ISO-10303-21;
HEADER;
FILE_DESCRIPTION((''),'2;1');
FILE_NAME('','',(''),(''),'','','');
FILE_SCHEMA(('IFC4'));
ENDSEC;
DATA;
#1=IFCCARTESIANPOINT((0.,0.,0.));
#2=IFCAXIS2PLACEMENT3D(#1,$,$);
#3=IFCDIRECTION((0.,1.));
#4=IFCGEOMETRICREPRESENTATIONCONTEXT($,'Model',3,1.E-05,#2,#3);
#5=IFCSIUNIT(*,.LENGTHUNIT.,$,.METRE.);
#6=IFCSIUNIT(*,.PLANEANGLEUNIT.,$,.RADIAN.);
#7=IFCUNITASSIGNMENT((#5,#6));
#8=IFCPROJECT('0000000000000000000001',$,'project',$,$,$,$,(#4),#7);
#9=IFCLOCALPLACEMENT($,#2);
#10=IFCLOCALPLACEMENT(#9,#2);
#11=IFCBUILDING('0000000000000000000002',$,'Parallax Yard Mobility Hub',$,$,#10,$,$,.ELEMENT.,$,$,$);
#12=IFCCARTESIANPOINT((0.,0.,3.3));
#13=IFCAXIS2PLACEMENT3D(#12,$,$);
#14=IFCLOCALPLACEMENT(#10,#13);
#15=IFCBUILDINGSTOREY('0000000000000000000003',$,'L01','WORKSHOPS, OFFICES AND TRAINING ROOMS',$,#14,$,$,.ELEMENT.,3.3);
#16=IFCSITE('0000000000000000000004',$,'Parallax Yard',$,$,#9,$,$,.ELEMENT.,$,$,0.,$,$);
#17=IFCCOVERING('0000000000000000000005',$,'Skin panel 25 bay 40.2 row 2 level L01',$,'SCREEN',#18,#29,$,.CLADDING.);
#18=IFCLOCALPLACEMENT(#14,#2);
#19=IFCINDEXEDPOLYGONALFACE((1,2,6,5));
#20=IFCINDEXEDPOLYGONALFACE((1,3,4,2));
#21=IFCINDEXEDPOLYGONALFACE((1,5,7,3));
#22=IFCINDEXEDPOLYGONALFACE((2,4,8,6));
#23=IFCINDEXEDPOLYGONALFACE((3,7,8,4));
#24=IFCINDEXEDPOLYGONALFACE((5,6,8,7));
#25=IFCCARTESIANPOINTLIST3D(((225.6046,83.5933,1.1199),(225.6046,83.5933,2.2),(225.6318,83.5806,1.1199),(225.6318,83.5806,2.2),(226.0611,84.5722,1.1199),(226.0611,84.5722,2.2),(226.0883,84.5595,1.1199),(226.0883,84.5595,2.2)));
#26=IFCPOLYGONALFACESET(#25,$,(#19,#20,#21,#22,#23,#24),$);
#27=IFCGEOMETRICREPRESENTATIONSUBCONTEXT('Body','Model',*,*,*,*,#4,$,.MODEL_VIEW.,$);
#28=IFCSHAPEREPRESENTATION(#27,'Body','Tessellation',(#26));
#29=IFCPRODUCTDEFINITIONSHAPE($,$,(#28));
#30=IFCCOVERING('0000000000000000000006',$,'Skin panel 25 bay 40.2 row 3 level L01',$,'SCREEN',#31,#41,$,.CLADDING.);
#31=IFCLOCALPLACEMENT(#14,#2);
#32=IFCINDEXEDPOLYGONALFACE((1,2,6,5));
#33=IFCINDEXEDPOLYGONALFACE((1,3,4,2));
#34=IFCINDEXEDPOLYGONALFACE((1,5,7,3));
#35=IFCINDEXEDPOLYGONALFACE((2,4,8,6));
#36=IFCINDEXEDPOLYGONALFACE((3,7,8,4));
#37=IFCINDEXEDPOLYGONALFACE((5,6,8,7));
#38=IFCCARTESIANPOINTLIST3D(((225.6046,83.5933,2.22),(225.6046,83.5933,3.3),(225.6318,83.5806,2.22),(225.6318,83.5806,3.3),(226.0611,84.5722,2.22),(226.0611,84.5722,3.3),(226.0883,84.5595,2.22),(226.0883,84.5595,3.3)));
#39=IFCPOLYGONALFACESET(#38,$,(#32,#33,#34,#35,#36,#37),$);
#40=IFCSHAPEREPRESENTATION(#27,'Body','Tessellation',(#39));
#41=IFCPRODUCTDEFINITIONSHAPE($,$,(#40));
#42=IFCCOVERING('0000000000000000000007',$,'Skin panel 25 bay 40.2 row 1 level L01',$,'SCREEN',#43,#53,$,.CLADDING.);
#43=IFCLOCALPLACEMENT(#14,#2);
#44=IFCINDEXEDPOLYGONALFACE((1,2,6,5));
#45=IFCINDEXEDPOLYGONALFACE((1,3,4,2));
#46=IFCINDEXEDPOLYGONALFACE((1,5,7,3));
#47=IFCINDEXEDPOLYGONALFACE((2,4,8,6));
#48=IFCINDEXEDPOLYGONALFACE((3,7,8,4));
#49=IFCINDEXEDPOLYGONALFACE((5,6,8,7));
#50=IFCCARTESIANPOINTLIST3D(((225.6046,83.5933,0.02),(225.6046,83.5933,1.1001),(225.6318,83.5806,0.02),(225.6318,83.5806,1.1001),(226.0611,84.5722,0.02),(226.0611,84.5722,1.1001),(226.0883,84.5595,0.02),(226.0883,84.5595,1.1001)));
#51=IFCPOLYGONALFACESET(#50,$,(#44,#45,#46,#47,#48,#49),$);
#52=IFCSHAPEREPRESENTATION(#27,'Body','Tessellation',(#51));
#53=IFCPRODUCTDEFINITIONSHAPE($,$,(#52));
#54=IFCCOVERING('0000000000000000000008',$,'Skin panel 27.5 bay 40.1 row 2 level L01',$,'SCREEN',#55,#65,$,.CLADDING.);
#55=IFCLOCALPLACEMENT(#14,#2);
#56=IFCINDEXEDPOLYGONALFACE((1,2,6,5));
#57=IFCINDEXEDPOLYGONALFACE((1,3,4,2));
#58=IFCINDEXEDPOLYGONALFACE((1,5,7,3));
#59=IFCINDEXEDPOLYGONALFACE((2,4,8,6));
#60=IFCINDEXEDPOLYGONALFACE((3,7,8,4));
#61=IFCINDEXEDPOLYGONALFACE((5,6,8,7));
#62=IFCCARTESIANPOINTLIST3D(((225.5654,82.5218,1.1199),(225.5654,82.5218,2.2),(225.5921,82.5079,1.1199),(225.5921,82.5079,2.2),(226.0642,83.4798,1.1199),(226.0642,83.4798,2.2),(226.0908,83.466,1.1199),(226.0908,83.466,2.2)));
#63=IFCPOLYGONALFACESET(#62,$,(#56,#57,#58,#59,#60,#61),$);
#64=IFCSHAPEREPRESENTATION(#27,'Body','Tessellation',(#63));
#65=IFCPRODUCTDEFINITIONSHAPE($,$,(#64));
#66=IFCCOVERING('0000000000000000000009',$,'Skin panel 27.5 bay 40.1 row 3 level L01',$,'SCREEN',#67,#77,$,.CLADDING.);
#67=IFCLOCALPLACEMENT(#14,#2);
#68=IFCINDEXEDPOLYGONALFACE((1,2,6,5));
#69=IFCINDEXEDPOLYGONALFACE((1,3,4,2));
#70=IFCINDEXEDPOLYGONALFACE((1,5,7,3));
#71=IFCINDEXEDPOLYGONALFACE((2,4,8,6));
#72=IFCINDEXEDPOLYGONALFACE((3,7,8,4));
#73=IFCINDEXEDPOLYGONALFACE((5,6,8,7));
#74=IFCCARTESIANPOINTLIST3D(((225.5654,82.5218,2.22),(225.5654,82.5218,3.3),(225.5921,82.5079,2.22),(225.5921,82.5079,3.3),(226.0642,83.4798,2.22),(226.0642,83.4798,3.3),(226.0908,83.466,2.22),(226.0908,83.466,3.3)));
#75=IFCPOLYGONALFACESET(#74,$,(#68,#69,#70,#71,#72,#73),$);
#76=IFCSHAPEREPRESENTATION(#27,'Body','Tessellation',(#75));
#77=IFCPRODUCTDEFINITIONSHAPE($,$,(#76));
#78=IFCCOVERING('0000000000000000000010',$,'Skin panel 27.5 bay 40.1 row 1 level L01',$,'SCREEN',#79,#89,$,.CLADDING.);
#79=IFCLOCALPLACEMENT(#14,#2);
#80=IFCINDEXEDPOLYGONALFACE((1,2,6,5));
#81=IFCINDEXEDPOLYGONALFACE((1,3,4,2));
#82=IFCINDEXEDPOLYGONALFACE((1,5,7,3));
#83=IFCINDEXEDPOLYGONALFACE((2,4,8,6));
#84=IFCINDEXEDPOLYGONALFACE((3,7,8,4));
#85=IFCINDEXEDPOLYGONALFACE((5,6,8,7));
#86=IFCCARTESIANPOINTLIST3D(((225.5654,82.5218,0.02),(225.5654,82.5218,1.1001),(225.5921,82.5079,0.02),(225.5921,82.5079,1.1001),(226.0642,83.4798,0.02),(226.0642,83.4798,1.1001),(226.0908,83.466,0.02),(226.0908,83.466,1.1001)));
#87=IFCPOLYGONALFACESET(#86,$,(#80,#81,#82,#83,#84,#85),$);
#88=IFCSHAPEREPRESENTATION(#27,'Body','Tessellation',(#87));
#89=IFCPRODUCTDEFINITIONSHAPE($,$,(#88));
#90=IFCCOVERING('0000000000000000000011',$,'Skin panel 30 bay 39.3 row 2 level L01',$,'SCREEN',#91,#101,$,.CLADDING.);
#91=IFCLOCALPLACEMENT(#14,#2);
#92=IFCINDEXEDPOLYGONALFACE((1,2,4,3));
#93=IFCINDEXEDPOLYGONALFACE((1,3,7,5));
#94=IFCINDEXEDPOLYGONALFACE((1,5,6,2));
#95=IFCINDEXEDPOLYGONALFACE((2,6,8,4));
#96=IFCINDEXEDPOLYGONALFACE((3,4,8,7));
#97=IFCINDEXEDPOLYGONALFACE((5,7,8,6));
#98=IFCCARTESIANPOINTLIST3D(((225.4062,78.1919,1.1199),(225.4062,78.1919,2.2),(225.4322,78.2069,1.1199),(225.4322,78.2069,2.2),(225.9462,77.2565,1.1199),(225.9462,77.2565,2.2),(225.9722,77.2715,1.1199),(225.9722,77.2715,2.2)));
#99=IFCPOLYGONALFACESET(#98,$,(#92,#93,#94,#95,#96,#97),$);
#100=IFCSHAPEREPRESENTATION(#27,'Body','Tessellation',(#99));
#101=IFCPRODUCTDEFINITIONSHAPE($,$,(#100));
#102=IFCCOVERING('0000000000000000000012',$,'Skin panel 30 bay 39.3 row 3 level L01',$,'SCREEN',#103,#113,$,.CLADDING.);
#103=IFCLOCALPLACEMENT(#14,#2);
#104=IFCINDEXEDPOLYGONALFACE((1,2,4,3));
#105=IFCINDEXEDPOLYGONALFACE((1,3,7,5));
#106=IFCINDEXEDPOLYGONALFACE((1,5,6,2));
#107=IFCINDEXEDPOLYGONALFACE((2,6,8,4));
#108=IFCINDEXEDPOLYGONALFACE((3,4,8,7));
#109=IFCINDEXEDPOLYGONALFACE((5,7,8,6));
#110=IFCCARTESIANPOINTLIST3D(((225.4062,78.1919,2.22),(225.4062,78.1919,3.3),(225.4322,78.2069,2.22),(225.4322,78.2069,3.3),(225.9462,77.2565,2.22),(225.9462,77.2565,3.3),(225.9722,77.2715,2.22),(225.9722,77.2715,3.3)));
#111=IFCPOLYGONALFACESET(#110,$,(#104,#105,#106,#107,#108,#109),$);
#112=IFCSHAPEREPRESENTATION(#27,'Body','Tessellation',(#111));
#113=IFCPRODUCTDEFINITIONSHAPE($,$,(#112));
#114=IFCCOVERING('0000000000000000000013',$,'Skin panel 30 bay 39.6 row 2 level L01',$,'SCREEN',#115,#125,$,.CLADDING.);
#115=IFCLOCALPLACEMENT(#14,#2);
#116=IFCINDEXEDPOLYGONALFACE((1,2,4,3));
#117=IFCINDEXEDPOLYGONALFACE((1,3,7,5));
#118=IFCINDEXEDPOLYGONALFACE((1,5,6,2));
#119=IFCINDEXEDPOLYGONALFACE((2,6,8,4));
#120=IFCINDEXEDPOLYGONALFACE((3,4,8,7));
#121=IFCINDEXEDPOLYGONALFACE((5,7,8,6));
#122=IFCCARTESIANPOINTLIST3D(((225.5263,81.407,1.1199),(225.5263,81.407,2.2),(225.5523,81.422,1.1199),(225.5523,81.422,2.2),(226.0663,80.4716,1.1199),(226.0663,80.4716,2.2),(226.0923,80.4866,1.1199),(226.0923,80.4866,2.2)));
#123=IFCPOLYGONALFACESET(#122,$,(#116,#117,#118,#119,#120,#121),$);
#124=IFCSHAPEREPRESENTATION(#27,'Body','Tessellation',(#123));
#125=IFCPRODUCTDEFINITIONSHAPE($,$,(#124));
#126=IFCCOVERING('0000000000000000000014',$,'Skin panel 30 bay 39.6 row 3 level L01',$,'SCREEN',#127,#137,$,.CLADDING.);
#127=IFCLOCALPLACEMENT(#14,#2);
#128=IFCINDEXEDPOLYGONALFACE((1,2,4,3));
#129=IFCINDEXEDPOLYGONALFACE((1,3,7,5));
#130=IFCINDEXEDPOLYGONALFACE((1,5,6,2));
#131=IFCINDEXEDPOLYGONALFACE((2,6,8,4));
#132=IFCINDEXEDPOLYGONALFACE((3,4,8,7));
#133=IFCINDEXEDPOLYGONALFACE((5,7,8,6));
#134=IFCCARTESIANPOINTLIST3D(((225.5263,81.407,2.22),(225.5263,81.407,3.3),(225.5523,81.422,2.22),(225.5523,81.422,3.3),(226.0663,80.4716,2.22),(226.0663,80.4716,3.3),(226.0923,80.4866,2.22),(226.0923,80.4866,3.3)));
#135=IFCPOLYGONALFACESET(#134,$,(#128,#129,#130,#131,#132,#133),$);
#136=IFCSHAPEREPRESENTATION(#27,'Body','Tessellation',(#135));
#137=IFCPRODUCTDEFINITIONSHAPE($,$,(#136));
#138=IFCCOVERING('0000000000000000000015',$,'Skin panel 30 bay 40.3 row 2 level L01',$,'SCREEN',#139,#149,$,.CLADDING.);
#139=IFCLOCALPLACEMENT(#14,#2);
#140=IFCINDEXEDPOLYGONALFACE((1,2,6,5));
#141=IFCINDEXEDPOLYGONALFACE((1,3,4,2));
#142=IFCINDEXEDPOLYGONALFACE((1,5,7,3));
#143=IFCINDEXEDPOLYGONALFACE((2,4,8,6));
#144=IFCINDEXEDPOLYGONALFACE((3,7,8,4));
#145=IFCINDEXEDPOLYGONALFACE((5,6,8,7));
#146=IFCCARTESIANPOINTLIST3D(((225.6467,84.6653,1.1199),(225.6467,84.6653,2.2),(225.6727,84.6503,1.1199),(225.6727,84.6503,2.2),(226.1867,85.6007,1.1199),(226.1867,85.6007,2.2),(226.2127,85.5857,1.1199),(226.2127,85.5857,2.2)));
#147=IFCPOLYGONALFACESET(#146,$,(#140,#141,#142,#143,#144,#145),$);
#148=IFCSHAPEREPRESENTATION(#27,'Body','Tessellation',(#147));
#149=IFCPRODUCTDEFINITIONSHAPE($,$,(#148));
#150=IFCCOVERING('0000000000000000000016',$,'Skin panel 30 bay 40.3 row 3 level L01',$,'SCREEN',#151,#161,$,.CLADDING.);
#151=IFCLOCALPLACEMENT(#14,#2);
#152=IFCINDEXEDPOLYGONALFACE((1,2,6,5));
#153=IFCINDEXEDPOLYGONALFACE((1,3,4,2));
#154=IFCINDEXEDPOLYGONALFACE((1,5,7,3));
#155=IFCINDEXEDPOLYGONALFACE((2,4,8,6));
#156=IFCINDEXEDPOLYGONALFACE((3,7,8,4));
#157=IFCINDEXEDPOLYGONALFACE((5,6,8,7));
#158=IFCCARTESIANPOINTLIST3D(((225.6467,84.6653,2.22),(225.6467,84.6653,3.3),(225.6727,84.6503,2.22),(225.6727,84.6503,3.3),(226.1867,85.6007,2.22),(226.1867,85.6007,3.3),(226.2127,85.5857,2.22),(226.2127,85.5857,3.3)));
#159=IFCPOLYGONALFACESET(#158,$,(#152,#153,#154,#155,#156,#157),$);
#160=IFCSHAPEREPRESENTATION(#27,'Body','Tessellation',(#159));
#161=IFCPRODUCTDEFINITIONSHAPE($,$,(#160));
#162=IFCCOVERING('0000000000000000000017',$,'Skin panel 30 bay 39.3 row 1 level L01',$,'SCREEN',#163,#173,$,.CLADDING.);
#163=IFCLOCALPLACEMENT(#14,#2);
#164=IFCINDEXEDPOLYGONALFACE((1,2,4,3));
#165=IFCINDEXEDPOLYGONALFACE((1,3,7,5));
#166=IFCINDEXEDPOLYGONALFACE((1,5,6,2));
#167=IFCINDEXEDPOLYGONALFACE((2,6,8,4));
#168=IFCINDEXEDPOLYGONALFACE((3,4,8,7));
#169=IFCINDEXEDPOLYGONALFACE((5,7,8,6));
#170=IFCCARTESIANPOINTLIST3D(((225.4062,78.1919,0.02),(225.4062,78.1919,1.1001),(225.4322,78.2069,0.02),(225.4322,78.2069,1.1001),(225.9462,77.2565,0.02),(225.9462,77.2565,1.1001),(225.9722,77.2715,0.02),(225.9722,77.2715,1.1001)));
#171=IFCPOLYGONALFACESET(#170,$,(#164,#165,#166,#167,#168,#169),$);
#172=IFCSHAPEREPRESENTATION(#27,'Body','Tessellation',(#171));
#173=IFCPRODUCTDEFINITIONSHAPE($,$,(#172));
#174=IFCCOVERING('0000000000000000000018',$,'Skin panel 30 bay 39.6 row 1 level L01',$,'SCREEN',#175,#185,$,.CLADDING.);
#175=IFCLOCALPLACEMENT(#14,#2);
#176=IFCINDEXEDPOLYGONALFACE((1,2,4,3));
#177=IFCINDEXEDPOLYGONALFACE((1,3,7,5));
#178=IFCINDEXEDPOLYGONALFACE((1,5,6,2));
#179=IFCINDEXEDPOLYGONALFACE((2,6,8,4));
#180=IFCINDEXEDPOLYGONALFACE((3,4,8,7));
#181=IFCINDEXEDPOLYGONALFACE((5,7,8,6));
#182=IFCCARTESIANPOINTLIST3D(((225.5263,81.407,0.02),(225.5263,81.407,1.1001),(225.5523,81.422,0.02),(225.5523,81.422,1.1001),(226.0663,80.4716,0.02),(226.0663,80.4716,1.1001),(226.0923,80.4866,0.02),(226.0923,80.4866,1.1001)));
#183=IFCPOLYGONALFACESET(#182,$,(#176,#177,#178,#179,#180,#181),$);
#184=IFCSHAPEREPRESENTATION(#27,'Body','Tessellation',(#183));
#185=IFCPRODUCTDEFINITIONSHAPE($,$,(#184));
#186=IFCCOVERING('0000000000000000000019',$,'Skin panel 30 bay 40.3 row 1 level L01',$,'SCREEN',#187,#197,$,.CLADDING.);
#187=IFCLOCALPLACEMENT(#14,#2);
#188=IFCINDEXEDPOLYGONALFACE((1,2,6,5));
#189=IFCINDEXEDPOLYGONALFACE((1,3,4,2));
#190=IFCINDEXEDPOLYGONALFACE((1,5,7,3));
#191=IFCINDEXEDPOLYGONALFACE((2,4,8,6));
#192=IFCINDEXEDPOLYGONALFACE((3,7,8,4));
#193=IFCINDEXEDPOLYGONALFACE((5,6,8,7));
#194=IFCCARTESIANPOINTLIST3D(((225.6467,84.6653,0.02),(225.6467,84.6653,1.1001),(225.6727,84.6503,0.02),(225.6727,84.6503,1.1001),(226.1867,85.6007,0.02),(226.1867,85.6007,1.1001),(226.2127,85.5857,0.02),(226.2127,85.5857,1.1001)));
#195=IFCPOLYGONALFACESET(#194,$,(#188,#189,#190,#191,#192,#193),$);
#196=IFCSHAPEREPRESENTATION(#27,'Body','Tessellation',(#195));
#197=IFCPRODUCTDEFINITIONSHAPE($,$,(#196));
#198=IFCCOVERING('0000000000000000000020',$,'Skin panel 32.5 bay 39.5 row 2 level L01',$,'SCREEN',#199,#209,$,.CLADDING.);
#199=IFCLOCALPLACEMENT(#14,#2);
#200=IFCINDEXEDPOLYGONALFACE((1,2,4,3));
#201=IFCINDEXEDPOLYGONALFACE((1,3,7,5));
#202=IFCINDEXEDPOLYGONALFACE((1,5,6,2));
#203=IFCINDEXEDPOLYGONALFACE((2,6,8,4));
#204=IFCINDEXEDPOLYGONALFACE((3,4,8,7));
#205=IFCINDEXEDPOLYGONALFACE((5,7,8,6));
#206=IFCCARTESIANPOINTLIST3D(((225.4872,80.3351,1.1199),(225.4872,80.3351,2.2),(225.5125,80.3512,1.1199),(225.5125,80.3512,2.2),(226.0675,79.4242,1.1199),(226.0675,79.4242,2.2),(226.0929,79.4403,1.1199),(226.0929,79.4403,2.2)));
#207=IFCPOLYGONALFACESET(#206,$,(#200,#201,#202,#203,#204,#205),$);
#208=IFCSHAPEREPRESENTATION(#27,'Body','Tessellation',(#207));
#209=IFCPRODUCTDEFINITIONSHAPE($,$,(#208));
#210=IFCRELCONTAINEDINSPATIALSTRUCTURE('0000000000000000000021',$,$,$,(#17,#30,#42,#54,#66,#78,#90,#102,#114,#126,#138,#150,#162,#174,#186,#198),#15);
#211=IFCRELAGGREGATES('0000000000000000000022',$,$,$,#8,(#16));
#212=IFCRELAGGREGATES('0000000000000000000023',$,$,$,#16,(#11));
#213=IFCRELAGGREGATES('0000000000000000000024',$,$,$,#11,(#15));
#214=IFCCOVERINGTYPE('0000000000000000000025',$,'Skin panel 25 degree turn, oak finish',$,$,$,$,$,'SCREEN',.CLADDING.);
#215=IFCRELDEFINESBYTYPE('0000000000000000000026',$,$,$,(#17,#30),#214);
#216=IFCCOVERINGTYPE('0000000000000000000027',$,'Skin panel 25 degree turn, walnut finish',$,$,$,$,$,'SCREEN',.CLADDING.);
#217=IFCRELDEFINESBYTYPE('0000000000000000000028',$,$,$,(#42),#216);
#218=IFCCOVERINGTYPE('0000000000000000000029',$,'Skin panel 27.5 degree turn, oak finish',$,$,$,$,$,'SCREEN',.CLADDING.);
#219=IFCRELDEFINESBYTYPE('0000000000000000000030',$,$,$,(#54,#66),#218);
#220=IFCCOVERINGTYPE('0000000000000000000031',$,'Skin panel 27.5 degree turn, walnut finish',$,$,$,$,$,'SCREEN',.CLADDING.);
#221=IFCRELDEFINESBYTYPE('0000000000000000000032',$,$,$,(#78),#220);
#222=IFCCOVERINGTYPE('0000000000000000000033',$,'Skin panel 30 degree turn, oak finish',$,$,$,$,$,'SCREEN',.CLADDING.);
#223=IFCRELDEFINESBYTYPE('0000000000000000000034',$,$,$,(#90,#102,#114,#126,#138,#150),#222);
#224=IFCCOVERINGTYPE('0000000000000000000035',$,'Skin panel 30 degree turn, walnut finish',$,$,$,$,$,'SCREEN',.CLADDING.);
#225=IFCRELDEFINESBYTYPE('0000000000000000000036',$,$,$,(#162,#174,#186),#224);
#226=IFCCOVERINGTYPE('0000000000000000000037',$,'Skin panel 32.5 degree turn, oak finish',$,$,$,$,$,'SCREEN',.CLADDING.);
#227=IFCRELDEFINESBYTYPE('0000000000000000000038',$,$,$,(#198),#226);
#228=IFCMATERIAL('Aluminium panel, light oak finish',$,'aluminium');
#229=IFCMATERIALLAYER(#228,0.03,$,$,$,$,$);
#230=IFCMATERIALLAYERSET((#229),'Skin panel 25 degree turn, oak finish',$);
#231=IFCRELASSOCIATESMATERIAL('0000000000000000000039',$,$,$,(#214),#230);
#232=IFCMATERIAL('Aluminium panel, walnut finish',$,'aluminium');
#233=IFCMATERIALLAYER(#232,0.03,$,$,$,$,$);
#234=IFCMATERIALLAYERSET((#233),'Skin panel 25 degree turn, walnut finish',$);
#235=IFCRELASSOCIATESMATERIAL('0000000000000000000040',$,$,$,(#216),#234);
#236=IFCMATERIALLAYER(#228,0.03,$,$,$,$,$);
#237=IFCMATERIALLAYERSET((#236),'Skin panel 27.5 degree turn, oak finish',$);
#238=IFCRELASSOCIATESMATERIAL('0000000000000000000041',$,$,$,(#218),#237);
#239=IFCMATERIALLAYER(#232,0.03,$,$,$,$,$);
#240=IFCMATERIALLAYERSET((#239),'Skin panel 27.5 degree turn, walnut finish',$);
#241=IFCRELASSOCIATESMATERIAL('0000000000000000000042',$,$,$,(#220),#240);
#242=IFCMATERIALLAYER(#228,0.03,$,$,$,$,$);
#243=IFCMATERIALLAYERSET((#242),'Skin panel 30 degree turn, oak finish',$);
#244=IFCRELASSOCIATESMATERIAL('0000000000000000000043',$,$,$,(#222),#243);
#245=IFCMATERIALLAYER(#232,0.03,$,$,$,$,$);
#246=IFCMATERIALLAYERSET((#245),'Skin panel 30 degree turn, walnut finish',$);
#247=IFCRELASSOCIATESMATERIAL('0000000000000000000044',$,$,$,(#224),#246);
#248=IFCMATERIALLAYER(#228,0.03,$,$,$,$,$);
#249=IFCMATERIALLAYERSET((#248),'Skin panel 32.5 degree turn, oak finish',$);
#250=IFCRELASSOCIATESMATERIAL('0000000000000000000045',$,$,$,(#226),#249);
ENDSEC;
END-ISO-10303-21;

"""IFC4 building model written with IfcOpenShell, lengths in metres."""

from ifc_helpers import new_model, si_unit, direction, frame, origin, origin_2d, place, context, subcontext, project, spatial, rectangle, extrude, material, layer, layer_set, type_object, element, save


model = new_model("IFC4")

# Units and contexts
model_context = context("Model", 3, precision=1e-05, world=origin(), true_north=direction((0.0, 1.0)))
body_context = subcontext(model_context, "Body", "Model", "MODEL_VIEW")
ifc_project = project(units=[si_unit("LENGTHUNIT", "METRE"), si_unit("PLANEANGLEUNIT", "RADIAN")], contexts=[model_context])

# Site, building, storey
site_placement = place(None, origin())
site = spatial("IfcSite", under=ifc_project, at=site_placement, Name="Parallax Yard", CompositionType="ELEMENT", RefElevation=0.0)
building_placement = place(site_placement, origin())
building = spatial("IfcBuilding", under=site, at=building_placement, Name="Parallax Yard Mobility Hub", CompositionType="ELEMENT")
storey_placement = place(building_placement, frame((0.0, 0.0, 3.3)))
storey = spatial("IfcBuildingStorey", under=building, at=storey_placement, Name="L01", Description="WORKSHOPS, OFFICES AND TRAINING ROOMS", CompositionType="ELEMENT", Elevation=3.3)

# Coverings
ifc_material_1 = material(Name="Aluminium panel, light oak finish", Category="aluminium")
ifc_layer_1 = layer(ifc_material_1, 0.03)
ifc_layer_set_1 = layer_set([ifc_layer_1], Name="Skin panel 25 degree turn, oak finish")
covering_type_1 = type_object("IfcCoveringType", Name="Skin panel 25 degree turn, oak finish", ElementType="SCREEN", PredefinedType="CLADDING", material=ifc_layer_set_1)
for number, where, z_axis, x_axis, name in (
    (1, (225.8464, 84.0764, 1.1199), (0.0, 0.0, 1.0), (0.422618, 0.906308, 0.0), "Skin panel 25 bay 40.2 row 2 level L01"),
    (2, (225.8464, 84.0764, 2.22), (0.0, 0.0, 1.0), (0.422618, 0.906308, 0.0), "Skin panel 25 bay 40.2 row 3 level L01"),
):
    element("IfcCovering", number, at=place(storey_placement, frame(where, z_axis=z_axis, x_axis=x_axis)), inside=storey, type_object=covering_type_1, Name=name, ObjectType="SCREEN", PredefinedType="CLADDING", context=body_context, shape_type="SweptSolid", body=[
        extrude(rectangle(XDim=1.0801, YDim=0.03, at=origin_2d()), origin(), (0.0, 0.0, 1.0), 1.0801),
    ])
ifc_material_2 = material(Name="Aluminium panel, walnut finish", Category="aluminium")
ifc_layer_2 = layer(ifc_material_2, 0.03)
ifc_layer_set_2 = layer_set([ifc_layer_2], Name="Skin panel 25 degree turn, walnut finish")
covering_type_2 = type_object("IfcCoveringType", Name="Skin panel 25 degree turn, walnut finish", ElementType="SCREEN", PredefinedType="CLADDING", material=ifc_layer_set_2)
covering_1_placement = place(storey_placement, frame((225.8464, 84.0764, 0.02), z_axis=(0.0, 0.0, 1.0), x_axis=(0.422618, 0.906308, 0.0)))
element("IfcCovering", 3, at=covering_1_placement, inside=storey, type_object=covering_type_2, Name="Skin panel 25 bay 40.2 row 1 level L01", ObjectType="SCREEN", PredefinedType="CLADDING", context=body_context, shape_type="SweptSolid", body=[
    extrude(rectangle(XDim=1.0801, YDim=0.03, at=origin_2d()), origin(), (0.0, 0.0, 1.0), 1.0801),
])
ifc_layer_3 = layer(ifc_material_1, 0.03)
ifc_layer_set_3 = layer_set([ifc_layer_3], Name="Skin panel 27.5 degree turn, oak finish")
covering_type_3 = type_object("IfcCoveringType", Name="Skin panel 27.5 degree turn, oak finish", ElementType="SCREEN", PredefinedType="CLADDING", material=ifc_layer_set_3)
for number, where, z_axis, x_axis, name in (
    (4, (225.8281, 82.9939, 1.1199), (0.0, 0.0, 1.0), (0.461749, 0.887011, 0.0), "Skin panel 27.5 bay 40.1 row 2 level L01"),
    (5, (225.8281, 82.9939, 2.22), (0.0, 0.0, 1.0), (0.461749, 0.887011, 0.0), "Skin panel 27.5 bay 40.1 row 3 level L01"),
):
    element("IfcCovering", number, at=place(storey_placement, frame(where, z_axis=z_axis, x_axis=x_axis)), inside=storey, type_object=covering_type_3, Name=name, ObjectType="SCREEN", PredefinedType="CLADDING", context=body_context, shape_type="SweptSolid", body=[
        extrude(rectangle(XDim=1.0801, YDim=0.03, at=origin_2d()), origin(), (0.0, 0.0, 1.0), 1.0801),
    ])
ifc_layer_4 = layer(ifc_material_2, 0.03)
ifc_layer_set_4 = layer_set([ifc_layer_4], Name="Skin panel 27.5 degree turn, walnut finish")
covering_type_4 = type_object("IfcCoveringType", Name="Skin panel 27.5 degree turn, walnut finish", ElementType="SCREEN", PredefinedType="CLADDING", material=ifc_layer_set_4)
covering_2_placement = place(storey_placement, frame((225.8281, 82.9939, 0.02), z_axis=(0.0, 0.0, 1.0), x_axis=(0.461749, 0.887011, 0.0)))
element("IfcCovering", 6, at=covering_2_placement, inside=storey, type_object=covering_type_4, Name="Skin panel 27.5 bay 40.1 row 1 level L01", ObjectType="SCREEN", PredefinedType="CLADDING", context=body_context, shape_type="SweptSolid", body=[
    extrude(rectangle(XDim=1.0801, YDim=0.03, at=origin_2d()), origin(), (0.0, 0.0, 1.0), 1.0801),
])
ifc_layer_5 = layer(ifc_material_1, 0.03)
ifc_layer_set_5 = layer_set([ifc_layer_5], Name="Skin panel 30 degree turn, oak finish")
covering_type_5 = type_object("IfcCoveringType", Name="Skin panel 30 degree turn, oak finish", ElementType="SCREEN", PredefinedType="CLADDING", material=ifc_layer_set_5)
for number, where, z_axis, x_axis, name in (
    (7, (225.6892, 77.7317, 1.1199), (0.0, 0.0, 1.0), (0.5, -0.866025, 0.0), "Skin panel 30 bay 39.3 row 2 level L01"),
    (8, (225.6892, 77.7317, 2.22), (0.0, 0.0, 1.0), (0.5, -0.866025, 0.0), "Skin panel 30 bay 39.3 row 3 level L01"),
    (9, (225.8093, 80.9468, 1.1199), (0.0, 0.0, 1.0), (0.5, -0.866025, 0.0), "Skin panel 30 bay 39.6 row 2 level L01"),
    (10, (225.8093, 80.9468, 2.22), (0.0, 0.0, 1.0), (0.5, -0.866025, 0.0), "Skin panel 30 bay 39.6 row 3 level L01"),
    (11, (225.9297, 85.1255, 1.1199), (0.0, 0.0, 1.0), (0.5, 0.866025, 0.0), "Skin panel 30 bay 40.3 row 2 level L01"),
    (12, (225.9297, 85.1255, 2.22), (0.0, 0.0, 1.0), (0.5, 0.866025, 0.0), "Skin panel 30 bay 40.3 row 3 level L01"),
):
    element("IfcCovering", number, at=place(storey_placement, frame(where, z_axis=z_axis, x_axis=x_axis)), inside=storey, type_object=covering_type_5, Name=name, ObjectType="SCREEN", PredefinedType="CLADDING", context=body_context, shape_type="SweptSolid", body=[
        extrude(rectangle(XDim=1.0801, YDim=0.03, at=origin_2d()), origin(), (0.0, 0.0, 1.0), 1.0801),
    ])
ifc_layer_6 = layer(ifc_material_2, 0.03)
ifc_layer_set_6 = layer_set([ifc_layer_6], Name="Skin panel 30 degree turn, walnut finish")
covering_type_6 = type_object("IfcCoveringType", Name="Skin panel 30 degree turn, walnut finish", ElementType="SCREEN", PredefinedType="CLADDING", material=ifc_layer_set_6)
for number, where, z_axis, x_axis, name in (
    (13, (225.6892, 77.7317, 0.02), (0.0, 0.0, 1.0), (0.5, -0.866025, 0.0), "Skin panel 30 bay 39.3 row 1 level L01"),
    (14, (225.8093, 80.9468, 0.02), (0.0, 0.0, 1.0), (0.5, -0.866025, 0.0), "Skin panel 30 bay 39.6 row 1 level L01"),
    (15, (225.9297, 85.1255, 0.02), (0.0, 0.0, 1.0), (0.5, 0.866025, 0.0), "Skin panel 30 bay 40.3 row 1 level L01"),
):
    element("IfcCovering", number, at=place(storey_placement, frame(where, z_axis=z_axis, x_axis=x_axis)), inside=storey, type_object=covering_type_6, Name=name, ObjectType="SCREEN", PredefinedType="CLADDING", context=body_context, shape_type="SweptSolid", body=[
        extrude(rectangle(XDim=1.0801, YDim=0.03, at=origin_2d()), origin(), (0.0, 0.0, 1.0), 1.0801),
    ])
ifc_layer_7 = layer(ifc_material_1, 0.03)
ifc_layer_set_7 = layer_set([ifc_layer_7], Name="Skin panel 32.5 degree turn, oak finish")
covering_type_7 = type_object("IfcCoveringType", Name="Skin panel 32.5 degree turn, oak finish", ElementType="SCREEN", PredefinedType="CLADDING", material=ifc_layer_set_7)
for number, where, z_axis, x_axis, name in (
    (16, (225.79, 79.8877, 1.1199), (0.0, 0.0, 1.0), (0.5373, -0.843391, 0.0), "Skin panel 32.5 bay 39.5 row 2 level L01"),
):
    element("IfcCovering", number, at=place(storey_placement, frame(where, z_axis=z_axis, x_axis=x_axis)), inside=storey, type_object=covering_type_7, Name=name, ObjectType="SCREEN", PredefinedType="CLADDING", context=body_context, shape_type="SweptSolid", body=[
        extrude(rectangle(XDim=1.0801, YDim=0.03, at=origin_2d()), origin(), (0.0, 0.0, 1.0), 1.0801),
    ])

save(model, "model.ifc")
